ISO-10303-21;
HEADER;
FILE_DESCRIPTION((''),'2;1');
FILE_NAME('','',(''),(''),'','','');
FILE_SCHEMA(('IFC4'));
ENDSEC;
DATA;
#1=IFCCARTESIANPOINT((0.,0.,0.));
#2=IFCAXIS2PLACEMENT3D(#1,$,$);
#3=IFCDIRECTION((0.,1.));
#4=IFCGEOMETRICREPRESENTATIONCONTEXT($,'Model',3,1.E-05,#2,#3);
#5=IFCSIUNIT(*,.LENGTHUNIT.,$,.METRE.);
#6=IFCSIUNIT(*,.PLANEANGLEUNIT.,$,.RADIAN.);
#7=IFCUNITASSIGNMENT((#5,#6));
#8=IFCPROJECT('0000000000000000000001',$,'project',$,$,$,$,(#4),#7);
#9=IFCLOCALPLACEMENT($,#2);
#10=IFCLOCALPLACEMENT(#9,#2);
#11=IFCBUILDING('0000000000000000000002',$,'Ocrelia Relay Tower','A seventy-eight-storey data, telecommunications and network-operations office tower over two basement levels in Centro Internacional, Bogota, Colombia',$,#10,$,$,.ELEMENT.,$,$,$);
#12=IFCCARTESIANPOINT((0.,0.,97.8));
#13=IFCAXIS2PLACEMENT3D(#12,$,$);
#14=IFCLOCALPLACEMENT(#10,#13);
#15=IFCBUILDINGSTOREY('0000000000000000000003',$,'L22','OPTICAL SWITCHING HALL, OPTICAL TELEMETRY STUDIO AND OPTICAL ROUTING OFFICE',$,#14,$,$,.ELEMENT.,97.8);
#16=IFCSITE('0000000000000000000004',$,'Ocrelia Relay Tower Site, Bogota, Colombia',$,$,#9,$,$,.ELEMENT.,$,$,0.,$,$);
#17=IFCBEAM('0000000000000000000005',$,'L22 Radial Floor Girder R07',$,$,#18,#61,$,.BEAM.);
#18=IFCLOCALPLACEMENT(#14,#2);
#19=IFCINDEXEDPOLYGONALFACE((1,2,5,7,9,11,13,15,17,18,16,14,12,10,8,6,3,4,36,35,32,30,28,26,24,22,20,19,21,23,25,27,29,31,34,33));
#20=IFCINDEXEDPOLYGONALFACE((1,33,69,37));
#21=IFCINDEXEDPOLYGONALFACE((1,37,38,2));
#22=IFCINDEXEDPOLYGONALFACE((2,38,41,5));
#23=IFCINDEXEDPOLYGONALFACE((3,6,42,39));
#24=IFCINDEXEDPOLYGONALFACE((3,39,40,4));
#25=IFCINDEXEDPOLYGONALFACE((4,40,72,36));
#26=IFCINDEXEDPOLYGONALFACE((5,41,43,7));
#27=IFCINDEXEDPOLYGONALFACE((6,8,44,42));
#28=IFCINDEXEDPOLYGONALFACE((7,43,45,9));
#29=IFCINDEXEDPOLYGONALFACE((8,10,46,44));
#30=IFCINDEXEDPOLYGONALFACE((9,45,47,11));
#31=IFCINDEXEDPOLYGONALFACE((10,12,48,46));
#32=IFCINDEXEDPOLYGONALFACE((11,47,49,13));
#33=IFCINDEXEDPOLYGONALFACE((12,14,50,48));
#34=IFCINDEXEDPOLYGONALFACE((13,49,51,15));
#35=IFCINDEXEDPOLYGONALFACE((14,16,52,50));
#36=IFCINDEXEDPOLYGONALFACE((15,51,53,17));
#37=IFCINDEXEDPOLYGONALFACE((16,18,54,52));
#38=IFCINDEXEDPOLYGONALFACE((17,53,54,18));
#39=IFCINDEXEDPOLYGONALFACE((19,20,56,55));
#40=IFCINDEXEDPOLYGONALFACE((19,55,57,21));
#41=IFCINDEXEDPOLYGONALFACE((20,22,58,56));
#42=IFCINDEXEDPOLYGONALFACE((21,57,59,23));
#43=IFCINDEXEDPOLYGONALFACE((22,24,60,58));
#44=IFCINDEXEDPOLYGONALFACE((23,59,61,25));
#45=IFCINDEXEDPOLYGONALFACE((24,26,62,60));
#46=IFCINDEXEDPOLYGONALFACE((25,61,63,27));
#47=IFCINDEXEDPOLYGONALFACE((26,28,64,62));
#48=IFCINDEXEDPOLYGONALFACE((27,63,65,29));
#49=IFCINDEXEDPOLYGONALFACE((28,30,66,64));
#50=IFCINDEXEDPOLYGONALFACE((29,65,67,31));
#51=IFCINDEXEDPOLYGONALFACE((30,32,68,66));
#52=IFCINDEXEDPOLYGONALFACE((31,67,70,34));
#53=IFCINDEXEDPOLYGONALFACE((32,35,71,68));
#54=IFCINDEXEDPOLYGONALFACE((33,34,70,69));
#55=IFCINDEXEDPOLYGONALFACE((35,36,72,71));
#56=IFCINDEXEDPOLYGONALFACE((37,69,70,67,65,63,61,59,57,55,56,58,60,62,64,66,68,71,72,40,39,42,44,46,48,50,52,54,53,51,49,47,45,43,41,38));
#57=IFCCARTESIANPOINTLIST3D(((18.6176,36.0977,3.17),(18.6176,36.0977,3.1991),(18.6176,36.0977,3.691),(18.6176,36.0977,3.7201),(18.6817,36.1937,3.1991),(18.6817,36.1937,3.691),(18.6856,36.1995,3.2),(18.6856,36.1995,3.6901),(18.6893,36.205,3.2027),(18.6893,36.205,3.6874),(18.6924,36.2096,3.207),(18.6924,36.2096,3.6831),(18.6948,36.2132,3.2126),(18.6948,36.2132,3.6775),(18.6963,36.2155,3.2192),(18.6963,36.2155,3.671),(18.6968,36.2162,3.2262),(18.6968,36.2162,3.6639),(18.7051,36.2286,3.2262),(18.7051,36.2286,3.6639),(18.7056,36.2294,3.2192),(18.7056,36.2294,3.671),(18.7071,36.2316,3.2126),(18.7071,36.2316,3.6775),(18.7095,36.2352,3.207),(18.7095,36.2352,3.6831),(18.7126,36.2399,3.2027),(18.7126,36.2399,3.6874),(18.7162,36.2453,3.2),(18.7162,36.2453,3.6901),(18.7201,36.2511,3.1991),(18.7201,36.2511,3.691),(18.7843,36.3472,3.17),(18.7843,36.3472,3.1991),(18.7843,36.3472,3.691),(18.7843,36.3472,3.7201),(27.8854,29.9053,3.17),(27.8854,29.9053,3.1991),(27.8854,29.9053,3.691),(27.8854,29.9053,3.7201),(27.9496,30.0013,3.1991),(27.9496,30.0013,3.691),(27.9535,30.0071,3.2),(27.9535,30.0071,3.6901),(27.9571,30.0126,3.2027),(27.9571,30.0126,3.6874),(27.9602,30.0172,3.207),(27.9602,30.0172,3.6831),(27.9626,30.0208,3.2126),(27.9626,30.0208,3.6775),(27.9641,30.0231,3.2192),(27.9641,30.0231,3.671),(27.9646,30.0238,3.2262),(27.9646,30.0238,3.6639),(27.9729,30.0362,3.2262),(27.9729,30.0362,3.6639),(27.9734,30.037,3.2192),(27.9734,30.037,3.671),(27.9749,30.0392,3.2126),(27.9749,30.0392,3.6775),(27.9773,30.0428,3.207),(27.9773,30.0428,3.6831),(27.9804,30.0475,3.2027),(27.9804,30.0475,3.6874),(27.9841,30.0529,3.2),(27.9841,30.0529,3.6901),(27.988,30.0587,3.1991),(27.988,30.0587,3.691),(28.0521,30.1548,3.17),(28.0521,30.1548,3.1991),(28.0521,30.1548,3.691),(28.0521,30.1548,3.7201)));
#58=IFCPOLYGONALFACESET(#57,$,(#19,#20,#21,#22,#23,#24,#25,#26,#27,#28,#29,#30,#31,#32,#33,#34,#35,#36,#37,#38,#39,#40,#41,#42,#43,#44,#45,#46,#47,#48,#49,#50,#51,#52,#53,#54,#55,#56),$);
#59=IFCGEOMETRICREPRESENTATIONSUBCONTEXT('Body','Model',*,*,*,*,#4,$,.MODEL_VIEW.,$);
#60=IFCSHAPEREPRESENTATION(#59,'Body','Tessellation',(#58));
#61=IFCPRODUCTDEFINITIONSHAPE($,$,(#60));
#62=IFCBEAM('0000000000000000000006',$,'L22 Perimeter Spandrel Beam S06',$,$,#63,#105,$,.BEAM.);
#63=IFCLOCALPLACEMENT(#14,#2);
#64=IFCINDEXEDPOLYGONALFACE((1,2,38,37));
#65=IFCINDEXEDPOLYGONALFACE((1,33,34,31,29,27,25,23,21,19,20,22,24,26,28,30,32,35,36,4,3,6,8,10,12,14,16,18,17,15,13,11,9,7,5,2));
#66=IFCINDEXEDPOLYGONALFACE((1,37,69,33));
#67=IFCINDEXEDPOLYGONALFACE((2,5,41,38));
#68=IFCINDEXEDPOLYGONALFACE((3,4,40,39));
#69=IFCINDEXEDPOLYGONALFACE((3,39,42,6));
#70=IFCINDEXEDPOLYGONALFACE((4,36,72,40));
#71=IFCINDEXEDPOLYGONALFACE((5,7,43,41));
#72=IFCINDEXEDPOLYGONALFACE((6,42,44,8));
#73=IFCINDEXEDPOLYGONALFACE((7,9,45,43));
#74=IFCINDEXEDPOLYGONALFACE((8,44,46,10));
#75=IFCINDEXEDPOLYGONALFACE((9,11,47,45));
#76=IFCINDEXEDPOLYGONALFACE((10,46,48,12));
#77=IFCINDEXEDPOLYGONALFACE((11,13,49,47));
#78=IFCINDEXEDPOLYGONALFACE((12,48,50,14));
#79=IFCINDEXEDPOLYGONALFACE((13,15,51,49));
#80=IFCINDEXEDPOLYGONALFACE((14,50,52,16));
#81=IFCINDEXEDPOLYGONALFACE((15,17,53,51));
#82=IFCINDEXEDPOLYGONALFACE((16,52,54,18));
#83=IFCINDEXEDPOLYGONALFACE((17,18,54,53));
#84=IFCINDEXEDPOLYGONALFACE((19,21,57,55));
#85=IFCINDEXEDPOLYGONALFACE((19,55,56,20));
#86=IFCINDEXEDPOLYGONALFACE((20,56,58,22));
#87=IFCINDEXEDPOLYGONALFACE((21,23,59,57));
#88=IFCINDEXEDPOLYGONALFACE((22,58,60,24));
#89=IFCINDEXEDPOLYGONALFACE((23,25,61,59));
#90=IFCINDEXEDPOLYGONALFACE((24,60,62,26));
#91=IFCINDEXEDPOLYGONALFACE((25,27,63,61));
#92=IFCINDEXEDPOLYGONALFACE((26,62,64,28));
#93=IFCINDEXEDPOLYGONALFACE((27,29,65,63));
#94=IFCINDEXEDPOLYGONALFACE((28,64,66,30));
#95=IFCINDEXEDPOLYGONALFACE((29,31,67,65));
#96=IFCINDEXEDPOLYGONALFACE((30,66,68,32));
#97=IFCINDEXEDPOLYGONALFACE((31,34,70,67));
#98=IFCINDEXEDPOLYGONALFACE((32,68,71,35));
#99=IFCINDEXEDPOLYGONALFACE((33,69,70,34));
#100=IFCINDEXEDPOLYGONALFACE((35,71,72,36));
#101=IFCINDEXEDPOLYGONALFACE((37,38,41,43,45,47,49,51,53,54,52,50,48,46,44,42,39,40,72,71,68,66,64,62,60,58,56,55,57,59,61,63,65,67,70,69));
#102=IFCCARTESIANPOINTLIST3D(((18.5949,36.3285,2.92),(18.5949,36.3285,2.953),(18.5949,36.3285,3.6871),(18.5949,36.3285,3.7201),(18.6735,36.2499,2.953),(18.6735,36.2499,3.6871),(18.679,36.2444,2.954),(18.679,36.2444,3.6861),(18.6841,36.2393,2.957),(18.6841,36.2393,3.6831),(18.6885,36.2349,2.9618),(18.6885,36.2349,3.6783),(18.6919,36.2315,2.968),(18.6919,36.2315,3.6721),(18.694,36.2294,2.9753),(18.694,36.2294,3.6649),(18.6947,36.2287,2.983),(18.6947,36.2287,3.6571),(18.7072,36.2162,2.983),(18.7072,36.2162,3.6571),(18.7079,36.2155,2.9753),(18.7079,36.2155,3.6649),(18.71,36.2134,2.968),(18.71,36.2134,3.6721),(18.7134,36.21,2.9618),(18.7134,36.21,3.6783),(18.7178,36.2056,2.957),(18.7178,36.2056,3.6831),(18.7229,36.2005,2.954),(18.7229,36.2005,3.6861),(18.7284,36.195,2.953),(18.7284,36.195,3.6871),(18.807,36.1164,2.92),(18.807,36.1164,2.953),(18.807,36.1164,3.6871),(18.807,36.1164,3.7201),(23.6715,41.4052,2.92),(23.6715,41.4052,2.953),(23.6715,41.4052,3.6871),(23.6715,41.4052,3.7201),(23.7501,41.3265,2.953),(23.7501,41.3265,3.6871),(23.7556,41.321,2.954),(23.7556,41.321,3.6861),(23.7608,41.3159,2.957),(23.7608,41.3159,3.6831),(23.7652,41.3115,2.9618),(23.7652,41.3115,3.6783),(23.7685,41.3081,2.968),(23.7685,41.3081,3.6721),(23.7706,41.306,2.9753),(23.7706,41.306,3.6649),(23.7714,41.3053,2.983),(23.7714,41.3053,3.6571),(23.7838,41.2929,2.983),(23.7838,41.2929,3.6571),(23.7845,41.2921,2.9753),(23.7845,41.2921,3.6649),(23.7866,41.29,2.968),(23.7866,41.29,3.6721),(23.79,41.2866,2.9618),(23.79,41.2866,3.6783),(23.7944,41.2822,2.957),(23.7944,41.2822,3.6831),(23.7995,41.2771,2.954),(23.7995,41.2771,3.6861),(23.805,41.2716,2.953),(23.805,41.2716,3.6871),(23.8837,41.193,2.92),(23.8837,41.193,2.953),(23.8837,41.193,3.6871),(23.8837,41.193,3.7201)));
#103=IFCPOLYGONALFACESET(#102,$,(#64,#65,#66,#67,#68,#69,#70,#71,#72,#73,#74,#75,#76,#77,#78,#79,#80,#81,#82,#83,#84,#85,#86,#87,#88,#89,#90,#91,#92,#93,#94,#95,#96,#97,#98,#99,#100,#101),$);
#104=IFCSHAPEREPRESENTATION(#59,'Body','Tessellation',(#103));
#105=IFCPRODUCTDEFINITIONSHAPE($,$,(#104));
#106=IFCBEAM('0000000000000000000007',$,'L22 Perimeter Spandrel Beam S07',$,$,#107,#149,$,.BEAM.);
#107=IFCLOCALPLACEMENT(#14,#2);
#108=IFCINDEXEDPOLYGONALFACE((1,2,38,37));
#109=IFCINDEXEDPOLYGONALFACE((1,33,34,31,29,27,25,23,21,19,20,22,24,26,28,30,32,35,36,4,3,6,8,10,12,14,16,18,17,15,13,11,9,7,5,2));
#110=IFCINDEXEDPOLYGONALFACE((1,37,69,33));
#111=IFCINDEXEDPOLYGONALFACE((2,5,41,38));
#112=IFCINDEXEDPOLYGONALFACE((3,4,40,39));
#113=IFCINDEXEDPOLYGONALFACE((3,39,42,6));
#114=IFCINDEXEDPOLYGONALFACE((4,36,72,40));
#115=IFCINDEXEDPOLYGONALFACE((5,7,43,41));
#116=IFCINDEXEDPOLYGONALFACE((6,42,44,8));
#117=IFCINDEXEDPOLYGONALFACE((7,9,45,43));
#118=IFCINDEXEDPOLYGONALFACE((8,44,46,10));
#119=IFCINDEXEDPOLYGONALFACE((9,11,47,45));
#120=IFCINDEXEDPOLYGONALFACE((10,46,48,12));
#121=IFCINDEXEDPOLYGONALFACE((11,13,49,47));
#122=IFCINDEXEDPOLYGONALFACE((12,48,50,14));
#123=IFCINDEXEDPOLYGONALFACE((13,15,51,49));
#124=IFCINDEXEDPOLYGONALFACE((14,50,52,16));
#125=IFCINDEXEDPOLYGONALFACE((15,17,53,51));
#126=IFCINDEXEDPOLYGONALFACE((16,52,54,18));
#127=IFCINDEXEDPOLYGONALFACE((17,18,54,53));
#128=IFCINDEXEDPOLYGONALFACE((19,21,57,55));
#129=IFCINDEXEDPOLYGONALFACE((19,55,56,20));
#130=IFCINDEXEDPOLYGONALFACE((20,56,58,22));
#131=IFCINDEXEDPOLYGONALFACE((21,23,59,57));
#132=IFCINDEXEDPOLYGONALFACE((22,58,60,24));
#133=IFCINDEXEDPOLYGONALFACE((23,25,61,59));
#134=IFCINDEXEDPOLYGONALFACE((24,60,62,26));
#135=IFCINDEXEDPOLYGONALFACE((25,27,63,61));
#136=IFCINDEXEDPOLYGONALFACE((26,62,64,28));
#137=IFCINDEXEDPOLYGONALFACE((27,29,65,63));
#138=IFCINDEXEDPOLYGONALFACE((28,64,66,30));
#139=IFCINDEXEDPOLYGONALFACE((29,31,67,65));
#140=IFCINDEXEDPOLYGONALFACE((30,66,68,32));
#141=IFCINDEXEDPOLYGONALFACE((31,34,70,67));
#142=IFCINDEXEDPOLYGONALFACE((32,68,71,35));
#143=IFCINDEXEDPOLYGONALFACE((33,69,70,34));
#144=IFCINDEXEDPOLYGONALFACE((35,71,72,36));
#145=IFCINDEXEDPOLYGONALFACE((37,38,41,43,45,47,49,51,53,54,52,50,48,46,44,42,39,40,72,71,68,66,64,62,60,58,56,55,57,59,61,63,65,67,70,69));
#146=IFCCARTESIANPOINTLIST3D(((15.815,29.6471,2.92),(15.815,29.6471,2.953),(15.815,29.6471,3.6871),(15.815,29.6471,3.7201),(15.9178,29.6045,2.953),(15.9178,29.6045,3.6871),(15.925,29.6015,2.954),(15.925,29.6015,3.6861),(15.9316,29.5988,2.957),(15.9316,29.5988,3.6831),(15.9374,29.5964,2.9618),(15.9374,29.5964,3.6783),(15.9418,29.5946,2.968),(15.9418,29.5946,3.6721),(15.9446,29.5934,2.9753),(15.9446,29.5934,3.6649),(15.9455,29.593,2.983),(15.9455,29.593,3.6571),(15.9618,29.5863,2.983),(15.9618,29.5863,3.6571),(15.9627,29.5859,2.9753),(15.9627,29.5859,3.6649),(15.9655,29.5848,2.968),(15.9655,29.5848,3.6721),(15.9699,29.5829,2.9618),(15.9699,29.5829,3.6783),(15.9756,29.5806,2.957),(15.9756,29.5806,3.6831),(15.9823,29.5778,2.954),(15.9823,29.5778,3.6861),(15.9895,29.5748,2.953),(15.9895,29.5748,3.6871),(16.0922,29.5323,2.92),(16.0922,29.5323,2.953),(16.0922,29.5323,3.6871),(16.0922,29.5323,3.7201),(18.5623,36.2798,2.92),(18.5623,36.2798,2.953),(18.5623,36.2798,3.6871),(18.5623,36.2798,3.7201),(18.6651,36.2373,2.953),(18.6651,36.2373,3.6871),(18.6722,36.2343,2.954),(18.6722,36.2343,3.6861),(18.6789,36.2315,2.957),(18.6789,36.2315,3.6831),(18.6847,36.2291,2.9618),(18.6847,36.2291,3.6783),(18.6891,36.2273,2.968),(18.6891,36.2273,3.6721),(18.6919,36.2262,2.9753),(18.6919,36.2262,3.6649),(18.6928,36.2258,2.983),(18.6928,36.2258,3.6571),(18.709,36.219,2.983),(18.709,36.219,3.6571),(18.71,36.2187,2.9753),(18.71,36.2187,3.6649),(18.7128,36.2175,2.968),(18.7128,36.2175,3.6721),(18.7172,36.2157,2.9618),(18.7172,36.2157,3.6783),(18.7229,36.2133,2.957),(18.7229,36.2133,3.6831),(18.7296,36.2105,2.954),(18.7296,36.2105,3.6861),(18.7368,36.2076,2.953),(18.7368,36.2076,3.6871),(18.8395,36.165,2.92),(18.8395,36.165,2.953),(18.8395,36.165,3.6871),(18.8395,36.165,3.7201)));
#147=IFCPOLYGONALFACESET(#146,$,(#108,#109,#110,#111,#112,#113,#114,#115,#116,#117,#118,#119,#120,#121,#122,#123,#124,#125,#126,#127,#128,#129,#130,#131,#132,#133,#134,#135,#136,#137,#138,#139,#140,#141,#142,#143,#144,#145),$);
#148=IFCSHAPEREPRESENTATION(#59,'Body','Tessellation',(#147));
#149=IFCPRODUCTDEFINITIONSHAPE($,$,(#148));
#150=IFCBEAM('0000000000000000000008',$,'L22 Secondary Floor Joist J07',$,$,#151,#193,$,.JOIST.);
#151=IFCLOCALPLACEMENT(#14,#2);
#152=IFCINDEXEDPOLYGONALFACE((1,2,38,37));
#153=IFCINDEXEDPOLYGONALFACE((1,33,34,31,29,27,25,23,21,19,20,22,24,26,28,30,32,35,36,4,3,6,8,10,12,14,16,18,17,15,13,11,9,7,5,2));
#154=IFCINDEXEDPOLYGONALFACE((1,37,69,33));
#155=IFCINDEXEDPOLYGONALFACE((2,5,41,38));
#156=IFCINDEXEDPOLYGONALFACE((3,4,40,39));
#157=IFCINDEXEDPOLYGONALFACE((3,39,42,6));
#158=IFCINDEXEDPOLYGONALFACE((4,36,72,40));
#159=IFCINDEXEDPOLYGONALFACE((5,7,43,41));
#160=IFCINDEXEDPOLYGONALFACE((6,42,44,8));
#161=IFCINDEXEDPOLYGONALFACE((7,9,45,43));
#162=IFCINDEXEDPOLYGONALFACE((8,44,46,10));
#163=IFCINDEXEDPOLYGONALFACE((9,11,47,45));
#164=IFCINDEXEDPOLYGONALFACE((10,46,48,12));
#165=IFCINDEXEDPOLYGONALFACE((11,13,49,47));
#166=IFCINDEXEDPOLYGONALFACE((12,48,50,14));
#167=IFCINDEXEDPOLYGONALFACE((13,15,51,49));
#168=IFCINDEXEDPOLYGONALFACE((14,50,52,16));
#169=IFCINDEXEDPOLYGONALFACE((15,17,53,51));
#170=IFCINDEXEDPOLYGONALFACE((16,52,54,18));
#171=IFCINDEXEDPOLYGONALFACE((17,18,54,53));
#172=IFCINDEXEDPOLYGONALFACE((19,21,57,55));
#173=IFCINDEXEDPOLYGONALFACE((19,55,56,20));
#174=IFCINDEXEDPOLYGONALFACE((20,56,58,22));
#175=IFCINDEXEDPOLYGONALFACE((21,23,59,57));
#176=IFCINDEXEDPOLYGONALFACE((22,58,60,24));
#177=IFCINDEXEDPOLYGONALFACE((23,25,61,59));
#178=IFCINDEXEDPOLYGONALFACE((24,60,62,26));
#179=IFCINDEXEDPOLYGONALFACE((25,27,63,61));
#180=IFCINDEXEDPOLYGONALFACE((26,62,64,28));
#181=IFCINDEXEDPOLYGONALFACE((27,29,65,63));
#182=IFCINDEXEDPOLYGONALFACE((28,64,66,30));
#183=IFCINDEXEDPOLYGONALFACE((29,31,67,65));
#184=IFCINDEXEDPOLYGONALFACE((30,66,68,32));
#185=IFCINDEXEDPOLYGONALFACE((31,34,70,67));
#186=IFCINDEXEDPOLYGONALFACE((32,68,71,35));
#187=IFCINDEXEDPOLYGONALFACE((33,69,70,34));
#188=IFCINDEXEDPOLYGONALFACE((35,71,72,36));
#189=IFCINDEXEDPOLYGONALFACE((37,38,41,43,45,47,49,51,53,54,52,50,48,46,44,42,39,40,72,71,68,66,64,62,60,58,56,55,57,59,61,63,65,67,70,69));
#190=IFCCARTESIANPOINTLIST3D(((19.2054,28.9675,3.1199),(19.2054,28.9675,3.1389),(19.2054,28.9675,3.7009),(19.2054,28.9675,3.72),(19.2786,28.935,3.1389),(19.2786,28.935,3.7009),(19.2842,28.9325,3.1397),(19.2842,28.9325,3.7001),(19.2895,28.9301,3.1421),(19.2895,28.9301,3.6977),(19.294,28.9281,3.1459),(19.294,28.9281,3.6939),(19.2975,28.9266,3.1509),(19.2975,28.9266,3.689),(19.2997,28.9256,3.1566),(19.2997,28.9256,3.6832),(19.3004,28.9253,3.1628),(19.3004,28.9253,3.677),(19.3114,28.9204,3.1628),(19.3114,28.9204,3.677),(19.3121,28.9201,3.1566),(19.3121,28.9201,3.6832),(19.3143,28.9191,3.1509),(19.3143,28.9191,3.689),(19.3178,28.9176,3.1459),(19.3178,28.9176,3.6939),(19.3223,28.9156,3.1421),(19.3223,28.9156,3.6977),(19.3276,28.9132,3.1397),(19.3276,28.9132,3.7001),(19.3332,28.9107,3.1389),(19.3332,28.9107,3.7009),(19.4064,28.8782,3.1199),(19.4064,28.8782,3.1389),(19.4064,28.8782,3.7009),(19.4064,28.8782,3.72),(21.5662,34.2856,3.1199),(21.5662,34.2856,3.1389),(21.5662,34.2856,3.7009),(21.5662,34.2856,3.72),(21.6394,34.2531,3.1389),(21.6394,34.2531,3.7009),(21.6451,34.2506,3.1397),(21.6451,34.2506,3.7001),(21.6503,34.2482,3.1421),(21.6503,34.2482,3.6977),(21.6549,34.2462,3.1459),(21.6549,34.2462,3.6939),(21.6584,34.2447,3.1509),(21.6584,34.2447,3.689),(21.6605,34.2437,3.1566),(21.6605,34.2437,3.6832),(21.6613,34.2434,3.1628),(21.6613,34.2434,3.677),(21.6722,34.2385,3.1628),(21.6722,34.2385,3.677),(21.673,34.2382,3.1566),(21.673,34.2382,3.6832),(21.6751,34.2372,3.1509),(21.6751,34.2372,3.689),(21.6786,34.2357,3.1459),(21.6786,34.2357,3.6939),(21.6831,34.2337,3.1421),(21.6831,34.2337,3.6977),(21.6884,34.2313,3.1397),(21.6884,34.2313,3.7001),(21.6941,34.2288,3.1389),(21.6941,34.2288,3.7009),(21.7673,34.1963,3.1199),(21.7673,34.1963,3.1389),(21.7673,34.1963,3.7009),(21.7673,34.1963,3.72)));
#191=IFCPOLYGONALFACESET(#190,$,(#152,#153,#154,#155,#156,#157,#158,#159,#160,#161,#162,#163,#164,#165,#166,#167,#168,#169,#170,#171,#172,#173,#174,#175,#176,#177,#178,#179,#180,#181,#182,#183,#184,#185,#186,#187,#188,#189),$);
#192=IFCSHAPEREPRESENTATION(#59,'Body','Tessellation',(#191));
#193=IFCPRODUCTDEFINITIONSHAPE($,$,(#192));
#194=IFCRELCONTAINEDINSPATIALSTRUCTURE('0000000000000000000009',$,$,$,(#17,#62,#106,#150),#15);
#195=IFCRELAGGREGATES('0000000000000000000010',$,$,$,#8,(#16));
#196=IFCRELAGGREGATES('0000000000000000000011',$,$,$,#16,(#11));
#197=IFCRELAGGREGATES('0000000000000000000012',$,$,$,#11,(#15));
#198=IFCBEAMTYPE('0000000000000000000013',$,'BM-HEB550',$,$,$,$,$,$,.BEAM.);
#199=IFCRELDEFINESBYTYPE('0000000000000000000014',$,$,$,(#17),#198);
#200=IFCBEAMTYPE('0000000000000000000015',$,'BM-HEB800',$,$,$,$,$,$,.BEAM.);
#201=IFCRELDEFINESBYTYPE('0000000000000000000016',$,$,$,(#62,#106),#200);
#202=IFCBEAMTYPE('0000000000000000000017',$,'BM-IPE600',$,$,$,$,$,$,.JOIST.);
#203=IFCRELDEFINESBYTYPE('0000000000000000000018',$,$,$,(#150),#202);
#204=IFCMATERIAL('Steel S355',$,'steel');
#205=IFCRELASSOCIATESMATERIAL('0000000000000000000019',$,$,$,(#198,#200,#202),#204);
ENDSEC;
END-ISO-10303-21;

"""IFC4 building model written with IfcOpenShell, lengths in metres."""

from ifc_helpers import new_model, si_unit, direction, frame, origin, origin_2d, place, context, subcontext, project, spatial, i_section, extrude, material, material_profile, profile_set, type_object, element, save


model = new_model("IFC4")

# Units and contexts
model_context = context("Model", 3, precision=1e-05, world=origin(), true_north=direction((0.0, 1.0)))
body_context = subcontext(model_context, "Body", "Model", "MODEL_VIEW")
ifc_project = project(units=[si_unit("LENGTHUNIT", "METRE"), si_unit("PLANEANGLEUNIT", "RADIAN")], contexts=[model_context])

# Site, building, storey
site_placement = place(None, origin())
site = spatial("IfcSite", under=ifc_project, at=site_placement, Name="Ocrelia Relay Tower Site, Bogota, Colombia", CompositionType="ELEMENT", RefElevation=0.0)
building_placement = place(site_placement, origin())
building = spatial("IfcBuilding", under=site, at=building_placement, Name="Ocrelia Relay Tower", Description="A seventy-eight-storey data, telecommunications and network-operations office tower over two basement levels in Centro Internacional, Bogota, Colombia", CompositionType="ELEMENT")
storey_placement = place(building_placement, frame((0.0, 0.0, 97.8)))
storey = spatial("IfcBuildingStorey", under=building, at=storey_placement, Name="L22", Description="OPTICAL SWITCHING HALL, OPTICAL TELEMETRY STUDIO AND OPTICAL ROUTING OFFICE", CompositionType="ELEMENT", Elevation=97.8)

# Beams
ifc_material_1 = material(Name="Steel S355", Category="steel")
ifc_material_profile_1 = material_profile(ifc_material_1, i_section(OverallWidth=0.3, OverallDepth=0.55, WebThickness=0.0149, FlangeThickness=0.0291, FilletRadius=0.0271, at=origin_2d()), Name="HEB 550")
ifc_profile_set_1 = profile_set([ifc_material_profile_1], Name="Steel S355")
beam_type_1 = type_object("IfcBeamType", Name="BM-HEB550", PredefinedType="BEAM", material=ifc_profile_set_1)
beam_1_placement = place(storey_placement, frame((18.7009, 36.2224, 3.4451), z_axis=(0.831477, -0.555559, 0.0), x_axis=(0.555559, 0.831477, 0.0)))
element("IfcBeam", 1, at=beam_1_placement, inside=storey, type_object=beam_type_1, Name="L22 Radial Floor Girder R07", PredefinedType="BEAM", context=body_context, shape_type="SweptSolid", body=[
    extrude(i_section(OverallWidth=0.3, OverallDepth=0.55, WebThickness=0.0149, FlangeThickness=0.0291, FilletRadius=0.0271, at=origin_2d()), origin(), (0.0, 0.0, 1.0), 11.1462),
])
ifc_material_profile_2 = material_profile(ifc_material_1, i_section(OverallWidth=0.3, OverallDepth=0.8, WebThickness=0.0176, FlangeThickness=0.033, FilletRadius=0.03, at=origin_2d()), Name="HEB 800")
ifc_profile_set_2 = profile_set([ifc_material_profile_2], Name="Steel S355")
beam_type_2 = type_object("IfcBeamType", Name="BM-HEB800", PredefinedType="BEAM", material=ifc_profile_set_2)
beam_2_placement = place(storey_placement, frame((23.7776, 41.2991, 3.3201), z_axis=(-0.707107, -0.707107, 0.0), x_axis=(0.707107, -0.707107, 0.0)))
element("IfcBeam", 2, at=beam_2_placement, inside=storey, type_object=beam_type_2, Name="L22 Perimeter Spandrel Beam S06", PredefinedType="BEAM", context=body_context, shape_type="SweptSolid", body=[
    extrude(i_section(OverallWidth=0.3, OverallDepth=0.8, WebThickness=0.0176, FlangeThickness=0.033, FilletRadius=0.03, at=origin_2d()), origin(), (0.0, 0.0, 1.0), 7.1794),
])
beam_3_placement = place(storey_placement, frame((18.7009, 36.2224, 3.3201), z_axis=(-0.382673, -0.923884, 0.0), x_axis=(0.923884, -0.382673, 0.0)))
element("IfcBeam", 3, at=beam_3_placement, inside=storey, type_object=beam_type_2, Name="L22 Perimeter Spandrel Beam S07", PredefinedType="BEAM", context=body_context, shape_type="SweptSolid", body=[
    extrude(i_section(OverallWidth=0.3, OverallDepth=0.8, WebThickness=0.0176, FlangeThickness=0.033, FilletRadius=0.03, at=origin_2d()), origin(), (0.0, 0.0, 1.0), 7.1792),
])
ifc_material_profile_3 = material_profile(ifc_material_1, i_section(OverallWidth=0.22, OverallDepth=0.6001, WebThickness=0.012, FlangeThickness=0.019, FilletRadius=0.0239, at=origin_2d()), Name="IPE 600")
ifc_profile_set_3 = profile_set([ifc_material_profile_3], Name="Steel S355")
beam_type_3 = type_object("IfcBeamType", Name="BM-IPE600", PredefinedType="JOIST", material=ifc_profile_set_3)
beam_4_placement = place(storey_placement, frame((21.6667, 34.241, 3.4199), z_axis=(-0.405741, -0.913988, 0.0), x_axis=(0.913988, -0.405741, 0.0)))
element("IfcBeam", 4, at=beam_4_placement, inside=storey, type_object=beam_type_3, Name="L22 Secondary Floor Joist J07", PredefinedType="JOIST", context=body_context, shape_type="SweptSolid", body=[
    extrude(i_section(OverallWidth=0.22, OverallDepth=0.6001, WebThickness=0.012, FlangeThickness=0.019, FilletRadius=0.0239, at=origin_2d()), origin(), (0.0, 0.0, 1.0), 5.8186),
])

save(model, "model.ifc")
